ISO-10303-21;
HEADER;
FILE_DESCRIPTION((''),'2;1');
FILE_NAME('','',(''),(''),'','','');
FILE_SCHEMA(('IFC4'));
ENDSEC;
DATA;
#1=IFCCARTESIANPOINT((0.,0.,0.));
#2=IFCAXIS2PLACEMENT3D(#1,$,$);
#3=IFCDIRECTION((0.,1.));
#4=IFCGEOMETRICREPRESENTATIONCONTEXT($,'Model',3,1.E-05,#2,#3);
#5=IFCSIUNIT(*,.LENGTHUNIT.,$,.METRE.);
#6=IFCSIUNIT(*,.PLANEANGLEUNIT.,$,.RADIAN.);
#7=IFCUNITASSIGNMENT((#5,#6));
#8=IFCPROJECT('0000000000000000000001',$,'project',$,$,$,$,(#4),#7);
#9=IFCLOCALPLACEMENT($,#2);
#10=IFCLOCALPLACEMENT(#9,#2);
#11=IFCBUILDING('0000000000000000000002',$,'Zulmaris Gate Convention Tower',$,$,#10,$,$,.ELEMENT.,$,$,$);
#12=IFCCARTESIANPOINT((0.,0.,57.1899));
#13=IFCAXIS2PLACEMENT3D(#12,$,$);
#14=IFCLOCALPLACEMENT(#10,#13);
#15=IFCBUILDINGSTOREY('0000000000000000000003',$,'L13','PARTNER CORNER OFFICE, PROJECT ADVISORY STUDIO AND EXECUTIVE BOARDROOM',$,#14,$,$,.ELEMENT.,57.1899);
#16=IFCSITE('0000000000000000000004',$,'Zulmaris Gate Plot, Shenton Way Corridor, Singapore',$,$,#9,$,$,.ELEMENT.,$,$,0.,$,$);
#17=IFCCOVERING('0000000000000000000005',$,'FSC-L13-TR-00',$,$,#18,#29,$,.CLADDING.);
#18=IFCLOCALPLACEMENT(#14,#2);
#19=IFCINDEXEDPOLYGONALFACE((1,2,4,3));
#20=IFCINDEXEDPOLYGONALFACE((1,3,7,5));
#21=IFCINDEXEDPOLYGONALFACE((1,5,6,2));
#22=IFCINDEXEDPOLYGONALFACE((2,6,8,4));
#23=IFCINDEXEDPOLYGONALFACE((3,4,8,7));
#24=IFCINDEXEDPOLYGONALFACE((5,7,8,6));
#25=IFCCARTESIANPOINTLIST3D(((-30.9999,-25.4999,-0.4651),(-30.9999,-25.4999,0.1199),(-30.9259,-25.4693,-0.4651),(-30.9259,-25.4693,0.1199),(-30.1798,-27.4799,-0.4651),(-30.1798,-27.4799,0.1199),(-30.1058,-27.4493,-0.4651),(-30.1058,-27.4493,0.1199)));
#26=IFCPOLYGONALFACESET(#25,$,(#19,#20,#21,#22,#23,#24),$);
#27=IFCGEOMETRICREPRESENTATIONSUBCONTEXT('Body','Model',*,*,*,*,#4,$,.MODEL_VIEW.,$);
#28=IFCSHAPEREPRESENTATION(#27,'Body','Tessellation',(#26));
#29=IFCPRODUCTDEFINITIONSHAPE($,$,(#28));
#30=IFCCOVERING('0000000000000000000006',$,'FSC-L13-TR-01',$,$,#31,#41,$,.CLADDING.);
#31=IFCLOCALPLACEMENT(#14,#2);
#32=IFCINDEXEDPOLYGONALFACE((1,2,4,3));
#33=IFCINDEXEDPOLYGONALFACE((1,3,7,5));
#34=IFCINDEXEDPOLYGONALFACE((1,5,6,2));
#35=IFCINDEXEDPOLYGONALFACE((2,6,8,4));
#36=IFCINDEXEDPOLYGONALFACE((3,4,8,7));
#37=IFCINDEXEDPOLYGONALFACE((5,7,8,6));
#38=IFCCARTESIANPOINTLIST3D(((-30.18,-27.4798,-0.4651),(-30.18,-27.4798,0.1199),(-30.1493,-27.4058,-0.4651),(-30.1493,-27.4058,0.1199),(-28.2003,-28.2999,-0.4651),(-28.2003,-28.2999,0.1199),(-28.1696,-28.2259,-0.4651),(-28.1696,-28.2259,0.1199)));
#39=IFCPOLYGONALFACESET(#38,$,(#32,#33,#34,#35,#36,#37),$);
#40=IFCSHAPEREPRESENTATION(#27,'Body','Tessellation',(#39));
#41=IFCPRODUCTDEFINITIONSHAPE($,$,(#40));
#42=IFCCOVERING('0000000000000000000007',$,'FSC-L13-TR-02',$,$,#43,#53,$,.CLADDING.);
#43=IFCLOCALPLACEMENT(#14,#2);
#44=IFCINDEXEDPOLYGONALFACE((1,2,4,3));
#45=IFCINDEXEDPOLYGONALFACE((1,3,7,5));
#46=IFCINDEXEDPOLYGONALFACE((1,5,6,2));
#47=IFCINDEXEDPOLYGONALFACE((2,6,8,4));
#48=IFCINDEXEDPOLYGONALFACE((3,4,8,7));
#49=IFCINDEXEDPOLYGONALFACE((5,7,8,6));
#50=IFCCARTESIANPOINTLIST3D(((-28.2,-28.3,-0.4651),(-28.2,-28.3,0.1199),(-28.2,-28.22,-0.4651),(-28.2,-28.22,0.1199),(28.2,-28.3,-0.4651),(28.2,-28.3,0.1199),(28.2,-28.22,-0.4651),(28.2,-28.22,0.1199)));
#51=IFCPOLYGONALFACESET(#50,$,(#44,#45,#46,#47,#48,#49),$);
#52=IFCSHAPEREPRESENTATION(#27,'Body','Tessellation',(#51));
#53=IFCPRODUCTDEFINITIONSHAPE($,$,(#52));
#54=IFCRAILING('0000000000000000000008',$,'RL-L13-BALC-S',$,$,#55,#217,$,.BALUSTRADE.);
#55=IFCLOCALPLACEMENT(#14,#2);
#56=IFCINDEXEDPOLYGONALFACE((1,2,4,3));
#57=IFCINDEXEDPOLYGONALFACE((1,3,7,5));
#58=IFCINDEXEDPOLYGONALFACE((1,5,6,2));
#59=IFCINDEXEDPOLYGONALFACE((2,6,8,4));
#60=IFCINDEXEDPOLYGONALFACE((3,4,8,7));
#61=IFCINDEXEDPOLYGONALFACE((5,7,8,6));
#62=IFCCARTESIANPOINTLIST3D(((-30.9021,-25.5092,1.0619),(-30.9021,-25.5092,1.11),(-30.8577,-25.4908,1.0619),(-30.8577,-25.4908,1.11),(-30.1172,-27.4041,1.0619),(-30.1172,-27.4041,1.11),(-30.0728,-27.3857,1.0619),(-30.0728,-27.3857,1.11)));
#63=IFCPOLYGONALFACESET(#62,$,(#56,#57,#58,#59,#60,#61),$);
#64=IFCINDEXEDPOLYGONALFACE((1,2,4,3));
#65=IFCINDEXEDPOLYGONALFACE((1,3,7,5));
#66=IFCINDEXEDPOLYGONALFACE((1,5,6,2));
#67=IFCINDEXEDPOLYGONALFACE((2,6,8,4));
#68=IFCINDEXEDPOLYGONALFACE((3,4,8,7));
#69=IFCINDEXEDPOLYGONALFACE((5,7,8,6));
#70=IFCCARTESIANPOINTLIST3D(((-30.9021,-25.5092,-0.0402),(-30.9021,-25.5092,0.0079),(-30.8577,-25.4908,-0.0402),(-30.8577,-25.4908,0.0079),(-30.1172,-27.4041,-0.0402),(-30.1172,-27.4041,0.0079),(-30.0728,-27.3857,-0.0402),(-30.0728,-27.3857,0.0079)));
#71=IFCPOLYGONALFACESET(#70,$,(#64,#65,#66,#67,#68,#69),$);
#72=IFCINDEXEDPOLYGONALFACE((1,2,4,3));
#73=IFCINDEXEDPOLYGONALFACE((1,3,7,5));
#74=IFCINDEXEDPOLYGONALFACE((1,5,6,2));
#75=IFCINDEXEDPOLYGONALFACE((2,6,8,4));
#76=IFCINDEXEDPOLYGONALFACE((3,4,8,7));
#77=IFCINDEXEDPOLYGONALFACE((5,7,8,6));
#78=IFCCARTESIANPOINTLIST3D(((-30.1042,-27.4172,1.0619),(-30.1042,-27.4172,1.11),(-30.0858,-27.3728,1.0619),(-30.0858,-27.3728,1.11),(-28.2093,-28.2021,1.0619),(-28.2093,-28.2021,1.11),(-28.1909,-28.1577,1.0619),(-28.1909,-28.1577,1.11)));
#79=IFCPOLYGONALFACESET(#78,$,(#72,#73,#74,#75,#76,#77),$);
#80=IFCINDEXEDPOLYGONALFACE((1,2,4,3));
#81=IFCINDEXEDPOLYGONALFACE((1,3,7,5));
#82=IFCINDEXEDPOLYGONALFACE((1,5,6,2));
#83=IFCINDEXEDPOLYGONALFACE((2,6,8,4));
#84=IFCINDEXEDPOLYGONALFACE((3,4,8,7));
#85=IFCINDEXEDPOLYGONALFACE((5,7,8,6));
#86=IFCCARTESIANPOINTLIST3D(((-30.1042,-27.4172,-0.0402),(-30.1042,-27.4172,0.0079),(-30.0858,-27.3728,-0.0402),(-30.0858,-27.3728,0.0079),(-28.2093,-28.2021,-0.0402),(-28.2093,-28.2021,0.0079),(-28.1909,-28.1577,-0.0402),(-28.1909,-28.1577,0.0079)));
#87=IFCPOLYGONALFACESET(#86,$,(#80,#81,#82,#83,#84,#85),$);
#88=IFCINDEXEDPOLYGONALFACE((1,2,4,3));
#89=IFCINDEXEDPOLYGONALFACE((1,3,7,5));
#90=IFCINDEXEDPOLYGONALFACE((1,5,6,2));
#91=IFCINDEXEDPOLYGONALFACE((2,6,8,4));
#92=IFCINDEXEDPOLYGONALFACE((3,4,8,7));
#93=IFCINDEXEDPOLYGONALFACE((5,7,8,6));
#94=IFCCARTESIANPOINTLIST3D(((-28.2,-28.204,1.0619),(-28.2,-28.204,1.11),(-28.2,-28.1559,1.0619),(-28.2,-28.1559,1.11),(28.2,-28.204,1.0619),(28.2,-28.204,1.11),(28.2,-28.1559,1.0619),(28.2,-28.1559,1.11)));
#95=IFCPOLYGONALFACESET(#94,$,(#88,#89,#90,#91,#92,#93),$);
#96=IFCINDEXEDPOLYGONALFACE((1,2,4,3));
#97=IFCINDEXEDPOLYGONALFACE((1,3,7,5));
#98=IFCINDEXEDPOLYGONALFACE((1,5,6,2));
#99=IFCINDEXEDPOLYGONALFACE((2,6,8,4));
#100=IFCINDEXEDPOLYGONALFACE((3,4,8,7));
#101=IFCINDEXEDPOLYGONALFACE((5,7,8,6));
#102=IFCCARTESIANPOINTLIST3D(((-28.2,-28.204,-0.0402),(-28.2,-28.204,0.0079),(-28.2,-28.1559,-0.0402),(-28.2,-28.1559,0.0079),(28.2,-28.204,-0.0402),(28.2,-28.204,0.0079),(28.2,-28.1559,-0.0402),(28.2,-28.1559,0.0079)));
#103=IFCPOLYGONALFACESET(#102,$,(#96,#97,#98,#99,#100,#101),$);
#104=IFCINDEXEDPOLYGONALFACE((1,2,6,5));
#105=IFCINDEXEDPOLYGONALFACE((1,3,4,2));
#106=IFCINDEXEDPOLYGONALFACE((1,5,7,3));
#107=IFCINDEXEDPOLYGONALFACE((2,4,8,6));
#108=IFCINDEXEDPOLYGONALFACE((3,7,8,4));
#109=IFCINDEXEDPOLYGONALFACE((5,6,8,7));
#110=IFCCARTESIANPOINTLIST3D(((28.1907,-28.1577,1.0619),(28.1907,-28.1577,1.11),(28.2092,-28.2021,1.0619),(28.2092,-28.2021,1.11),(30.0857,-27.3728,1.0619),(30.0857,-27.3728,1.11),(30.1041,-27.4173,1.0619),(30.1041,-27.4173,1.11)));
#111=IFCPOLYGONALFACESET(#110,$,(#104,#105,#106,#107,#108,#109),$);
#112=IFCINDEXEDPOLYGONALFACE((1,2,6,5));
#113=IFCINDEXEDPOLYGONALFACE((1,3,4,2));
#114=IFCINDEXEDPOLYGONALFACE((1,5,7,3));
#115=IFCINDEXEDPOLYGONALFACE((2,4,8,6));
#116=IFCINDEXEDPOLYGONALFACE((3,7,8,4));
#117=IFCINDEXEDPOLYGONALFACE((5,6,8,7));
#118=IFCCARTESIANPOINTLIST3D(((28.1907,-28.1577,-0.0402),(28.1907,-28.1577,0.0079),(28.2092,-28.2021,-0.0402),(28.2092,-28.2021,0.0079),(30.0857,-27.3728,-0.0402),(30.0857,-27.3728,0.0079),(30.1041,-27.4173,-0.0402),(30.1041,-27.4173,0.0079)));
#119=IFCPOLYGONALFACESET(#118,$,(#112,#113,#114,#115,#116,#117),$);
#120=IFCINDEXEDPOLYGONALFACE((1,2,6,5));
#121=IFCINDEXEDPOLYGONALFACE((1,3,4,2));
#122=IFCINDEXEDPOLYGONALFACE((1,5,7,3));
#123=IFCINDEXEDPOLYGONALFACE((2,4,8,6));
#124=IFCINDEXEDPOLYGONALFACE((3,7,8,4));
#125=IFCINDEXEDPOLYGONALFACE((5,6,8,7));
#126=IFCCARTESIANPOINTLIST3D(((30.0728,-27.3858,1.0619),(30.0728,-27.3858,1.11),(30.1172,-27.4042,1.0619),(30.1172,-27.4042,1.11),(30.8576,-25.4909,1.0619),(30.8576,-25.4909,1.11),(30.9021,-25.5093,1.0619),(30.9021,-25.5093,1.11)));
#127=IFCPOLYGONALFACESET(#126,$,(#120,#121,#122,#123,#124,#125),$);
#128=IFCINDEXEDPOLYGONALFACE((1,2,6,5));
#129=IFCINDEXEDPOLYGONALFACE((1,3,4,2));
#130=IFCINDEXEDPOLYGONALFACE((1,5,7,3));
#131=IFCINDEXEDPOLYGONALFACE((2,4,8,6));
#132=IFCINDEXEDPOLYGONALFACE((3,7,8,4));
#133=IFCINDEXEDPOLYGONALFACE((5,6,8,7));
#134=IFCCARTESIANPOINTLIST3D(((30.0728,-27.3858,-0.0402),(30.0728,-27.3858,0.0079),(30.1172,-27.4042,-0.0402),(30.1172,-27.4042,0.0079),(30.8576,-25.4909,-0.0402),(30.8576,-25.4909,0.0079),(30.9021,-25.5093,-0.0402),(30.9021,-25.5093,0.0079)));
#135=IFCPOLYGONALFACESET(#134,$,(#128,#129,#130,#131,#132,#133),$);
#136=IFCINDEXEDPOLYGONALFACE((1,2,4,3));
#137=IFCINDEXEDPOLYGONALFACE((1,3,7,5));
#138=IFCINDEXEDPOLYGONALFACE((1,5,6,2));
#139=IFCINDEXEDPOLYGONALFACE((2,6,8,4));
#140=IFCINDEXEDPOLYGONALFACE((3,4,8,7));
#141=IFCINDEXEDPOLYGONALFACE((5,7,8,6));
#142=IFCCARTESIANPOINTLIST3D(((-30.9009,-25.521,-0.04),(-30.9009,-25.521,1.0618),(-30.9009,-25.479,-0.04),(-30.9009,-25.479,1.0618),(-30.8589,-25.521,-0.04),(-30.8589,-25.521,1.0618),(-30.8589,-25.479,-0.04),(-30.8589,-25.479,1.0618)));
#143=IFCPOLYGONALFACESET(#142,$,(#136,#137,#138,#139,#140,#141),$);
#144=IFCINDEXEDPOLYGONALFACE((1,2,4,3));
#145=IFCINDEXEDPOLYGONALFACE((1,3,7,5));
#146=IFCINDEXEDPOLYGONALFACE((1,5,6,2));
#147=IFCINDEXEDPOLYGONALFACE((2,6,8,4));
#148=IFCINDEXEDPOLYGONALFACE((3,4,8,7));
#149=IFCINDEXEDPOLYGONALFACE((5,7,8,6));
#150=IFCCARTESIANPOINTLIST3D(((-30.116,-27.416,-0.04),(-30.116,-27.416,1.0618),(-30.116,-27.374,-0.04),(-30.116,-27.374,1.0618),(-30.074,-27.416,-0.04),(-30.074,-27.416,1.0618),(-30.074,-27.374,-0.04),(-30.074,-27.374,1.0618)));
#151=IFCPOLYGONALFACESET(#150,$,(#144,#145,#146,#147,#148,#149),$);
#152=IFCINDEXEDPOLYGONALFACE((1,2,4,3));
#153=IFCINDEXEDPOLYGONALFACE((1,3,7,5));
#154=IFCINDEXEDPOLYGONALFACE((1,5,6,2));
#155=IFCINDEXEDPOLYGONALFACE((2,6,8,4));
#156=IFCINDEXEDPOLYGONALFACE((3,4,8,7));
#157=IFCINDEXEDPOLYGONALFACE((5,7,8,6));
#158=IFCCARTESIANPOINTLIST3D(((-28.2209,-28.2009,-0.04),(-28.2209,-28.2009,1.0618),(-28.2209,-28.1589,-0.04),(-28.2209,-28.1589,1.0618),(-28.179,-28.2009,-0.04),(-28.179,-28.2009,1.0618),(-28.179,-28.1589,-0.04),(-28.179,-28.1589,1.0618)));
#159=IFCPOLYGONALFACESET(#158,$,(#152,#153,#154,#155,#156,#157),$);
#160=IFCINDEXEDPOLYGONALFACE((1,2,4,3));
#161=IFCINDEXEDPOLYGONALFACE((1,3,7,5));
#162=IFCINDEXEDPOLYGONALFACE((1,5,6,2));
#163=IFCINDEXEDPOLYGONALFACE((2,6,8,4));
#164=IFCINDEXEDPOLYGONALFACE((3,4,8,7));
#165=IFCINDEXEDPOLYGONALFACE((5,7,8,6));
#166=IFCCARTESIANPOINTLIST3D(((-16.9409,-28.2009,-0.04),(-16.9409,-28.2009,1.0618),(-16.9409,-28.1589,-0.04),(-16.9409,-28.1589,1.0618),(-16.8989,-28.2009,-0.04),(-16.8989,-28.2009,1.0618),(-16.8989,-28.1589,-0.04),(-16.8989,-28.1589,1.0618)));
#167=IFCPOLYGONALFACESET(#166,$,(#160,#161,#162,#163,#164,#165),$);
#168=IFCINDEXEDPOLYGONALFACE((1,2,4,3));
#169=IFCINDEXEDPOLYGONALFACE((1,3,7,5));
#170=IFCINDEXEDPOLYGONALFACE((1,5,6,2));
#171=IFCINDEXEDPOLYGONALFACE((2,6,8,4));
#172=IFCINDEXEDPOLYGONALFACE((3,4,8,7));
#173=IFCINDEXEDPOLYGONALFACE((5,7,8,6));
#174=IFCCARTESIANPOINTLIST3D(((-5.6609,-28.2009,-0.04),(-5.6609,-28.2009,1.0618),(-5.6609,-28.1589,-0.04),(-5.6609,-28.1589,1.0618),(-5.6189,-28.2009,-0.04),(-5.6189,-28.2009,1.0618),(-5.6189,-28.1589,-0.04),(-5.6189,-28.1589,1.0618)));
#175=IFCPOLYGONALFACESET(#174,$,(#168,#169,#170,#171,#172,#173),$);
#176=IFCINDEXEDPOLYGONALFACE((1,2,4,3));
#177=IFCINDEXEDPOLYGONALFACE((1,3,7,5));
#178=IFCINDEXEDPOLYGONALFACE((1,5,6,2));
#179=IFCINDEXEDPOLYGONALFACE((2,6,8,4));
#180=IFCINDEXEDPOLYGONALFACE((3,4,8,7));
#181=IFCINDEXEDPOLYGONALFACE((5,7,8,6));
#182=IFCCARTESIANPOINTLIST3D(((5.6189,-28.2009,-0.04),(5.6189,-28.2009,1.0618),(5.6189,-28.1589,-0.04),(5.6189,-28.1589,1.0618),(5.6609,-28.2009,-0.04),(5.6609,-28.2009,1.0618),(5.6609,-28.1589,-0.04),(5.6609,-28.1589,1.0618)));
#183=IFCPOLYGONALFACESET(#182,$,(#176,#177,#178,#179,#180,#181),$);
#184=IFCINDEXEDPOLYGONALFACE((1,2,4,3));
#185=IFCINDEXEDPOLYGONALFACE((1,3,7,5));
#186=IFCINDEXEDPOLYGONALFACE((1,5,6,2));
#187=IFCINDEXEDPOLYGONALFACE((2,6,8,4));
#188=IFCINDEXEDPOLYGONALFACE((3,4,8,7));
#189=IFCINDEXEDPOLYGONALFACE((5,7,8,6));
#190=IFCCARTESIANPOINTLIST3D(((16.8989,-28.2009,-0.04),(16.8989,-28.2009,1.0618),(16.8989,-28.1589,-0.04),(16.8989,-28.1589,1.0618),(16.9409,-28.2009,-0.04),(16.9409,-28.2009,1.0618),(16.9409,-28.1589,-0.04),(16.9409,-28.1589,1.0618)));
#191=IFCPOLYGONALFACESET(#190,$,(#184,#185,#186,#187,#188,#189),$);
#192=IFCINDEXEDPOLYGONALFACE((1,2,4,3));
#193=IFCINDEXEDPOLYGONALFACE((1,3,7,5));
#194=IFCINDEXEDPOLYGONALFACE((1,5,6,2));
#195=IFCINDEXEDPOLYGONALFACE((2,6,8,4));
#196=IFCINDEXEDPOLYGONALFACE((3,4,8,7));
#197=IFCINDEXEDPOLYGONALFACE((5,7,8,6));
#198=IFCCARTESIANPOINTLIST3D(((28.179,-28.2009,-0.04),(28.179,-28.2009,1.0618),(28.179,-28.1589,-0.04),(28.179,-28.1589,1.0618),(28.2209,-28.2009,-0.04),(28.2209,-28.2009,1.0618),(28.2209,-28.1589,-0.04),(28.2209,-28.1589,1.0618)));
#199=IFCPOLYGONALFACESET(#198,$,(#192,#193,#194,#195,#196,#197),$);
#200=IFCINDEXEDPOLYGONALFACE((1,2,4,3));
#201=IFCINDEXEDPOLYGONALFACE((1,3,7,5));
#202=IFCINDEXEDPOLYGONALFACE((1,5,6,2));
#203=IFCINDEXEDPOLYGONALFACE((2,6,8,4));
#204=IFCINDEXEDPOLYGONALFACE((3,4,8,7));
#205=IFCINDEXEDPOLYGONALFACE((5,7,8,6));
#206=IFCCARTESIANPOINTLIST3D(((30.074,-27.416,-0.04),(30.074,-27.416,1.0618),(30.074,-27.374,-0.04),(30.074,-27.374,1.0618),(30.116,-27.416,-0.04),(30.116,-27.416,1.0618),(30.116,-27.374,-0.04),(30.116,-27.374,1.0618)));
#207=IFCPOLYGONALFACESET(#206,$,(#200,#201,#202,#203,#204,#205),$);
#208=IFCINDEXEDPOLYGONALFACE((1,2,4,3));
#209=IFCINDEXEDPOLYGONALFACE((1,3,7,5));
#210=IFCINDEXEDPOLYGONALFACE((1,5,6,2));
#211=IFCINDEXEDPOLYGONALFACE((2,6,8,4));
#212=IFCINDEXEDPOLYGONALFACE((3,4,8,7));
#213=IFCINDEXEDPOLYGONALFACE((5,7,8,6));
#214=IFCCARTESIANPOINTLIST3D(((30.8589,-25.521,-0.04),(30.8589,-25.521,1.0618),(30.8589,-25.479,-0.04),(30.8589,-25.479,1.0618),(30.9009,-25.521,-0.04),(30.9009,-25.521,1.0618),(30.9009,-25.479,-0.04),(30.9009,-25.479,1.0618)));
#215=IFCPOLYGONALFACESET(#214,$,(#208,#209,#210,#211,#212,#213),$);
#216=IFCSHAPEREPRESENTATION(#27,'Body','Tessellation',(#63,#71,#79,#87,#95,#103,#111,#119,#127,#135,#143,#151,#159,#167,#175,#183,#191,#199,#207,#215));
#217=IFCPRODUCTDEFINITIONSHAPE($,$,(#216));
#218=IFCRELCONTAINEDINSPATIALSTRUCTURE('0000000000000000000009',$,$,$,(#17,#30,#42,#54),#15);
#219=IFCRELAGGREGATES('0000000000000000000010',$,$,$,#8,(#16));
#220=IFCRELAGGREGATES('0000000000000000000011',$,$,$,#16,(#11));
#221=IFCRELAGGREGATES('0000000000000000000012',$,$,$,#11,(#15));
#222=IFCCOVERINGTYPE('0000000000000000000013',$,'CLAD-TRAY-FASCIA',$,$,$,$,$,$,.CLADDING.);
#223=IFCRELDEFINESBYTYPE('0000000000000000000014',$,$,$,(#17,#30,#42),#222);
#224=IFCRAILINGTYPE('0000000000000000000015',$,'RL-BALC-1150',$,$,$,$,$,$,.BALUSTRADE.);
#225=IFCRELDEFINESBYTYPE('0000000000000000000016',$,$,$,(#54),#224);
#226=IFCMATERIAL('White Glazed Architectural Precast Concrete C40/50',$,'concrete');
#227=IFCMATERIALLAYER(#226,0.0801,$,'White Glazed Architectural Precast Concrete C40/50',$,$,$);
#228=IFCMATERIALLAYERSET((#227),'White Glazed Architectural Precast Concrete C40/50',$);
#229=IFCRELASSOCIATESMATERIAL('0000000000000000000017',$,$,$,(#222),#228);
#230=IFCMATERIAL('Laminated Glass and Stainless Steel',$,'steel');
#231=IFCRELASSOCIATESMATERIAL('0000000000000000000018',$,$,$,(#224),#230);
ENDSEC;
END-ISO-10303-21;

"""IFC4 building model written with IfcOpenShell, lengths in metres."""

from ifc_helpers import new_model, si_unit, direction, frame, frame_2d, origin, origin_2d, place, context, subcontext, project, spatial, rectangle, extrude, material, layer, layer_set, type_object, element, save


model = new_model("IFC4")

# Units and contexts
model_context = context("Model", 3, precision=1e-05, world=origin(), true_north=direction((0.0, 1.0)))
body_context = subcontext(model_context, "Body", "Model", "MODEL_VIEW")
ifc_project = project(units=[si_unit("LENGTHUNIT", "METRE"), si_unit("PLANEANGLEUNIT", "RADIAN")], contexts=[model_context])

# Site, building, storey
site_placement = place(None, origin())
site = spatial("IfcSite", under=ifc_project, at=site_placement, Name="Zulmaris Gate Plot, Shenton Way Corridor, Singapore", CompositionType="ELEMENT", RefElevation=0.0)
building_placement = place(site_placement, origin())
building = spatial("IfcBuilding", under=site, at=building_placement, Name="Zulmaris Gate Convention Tower", CompositionType="ELEMENT")
storey_placement = place(building_placement, frame((0.0, 0.0, 57.1899)))
storey = spatial("IfcBuildingStorey", under=building, at=storey_placement, Name="L13", Description="PARTNER CORNER OFFICE, PROJECT ADVISORY STUDIO AND EXECUTIVE BOARDROOM", CompositionType="ELEMENT", Elevation=57.1899)

# Coverings
ifc_material_1 = material(Name="White Glazed Architectural Precast Concrete C40/50", Category="concrete")
ifc_layer_1 = layer(ifc_material_1, 0.0801, Name="White Glazed Architectural Precast Concrete C40/50")
ifc_layer_set_1 = layer_set([ifc_layer_1], Name="White Glazed Architectural Precast Concrete C40/50")
covering_type = type_object("IfcCoveringType", Name="CLAD-TRAY-FASCIA", PredefinedType="CLADDING", material=ifc_layer_set_1)
covering_1_placement = place(storey_placement, frame((-30.9629, -25.4846, -0.4651), z_axis=(0.0, 0.0, 1.0), x_axis=(0.382657, -0.92389, 0.0)))
element("IfcCovering", 1, at=covering_1_placement, inside=storey, type_object=covering_type, Name="FSC-L13-TR-00", PredefinedType="CLADDING", context=body_context, shape_type="SweptSolid", body=[
    extrude(rectangle(XDim=2.1431, YDim=0.0801, at=frame_2d((1.0715, 0.0))), origin(), (0.0, 0.0, 1.0), 0.585),
])
covering_2_placement = place(storey_placement, frame((-30.1646, -27.4429, -0.4651), z_axis=(0.0, 0.0, 1.0), x_axis=(0.923874, -0.382697, 0.0)))
element("IfcCovering", 2, at=covering_2_placement, inside=storey, type_object=covering_type, Name="FSC-L13-TR-01", PredefinedType="CLADDING", context=body_context, shape_type="SweptSolid", body=[
    extrude(rectangle(XDim=2.1428, YDim=0.0801, at=frame_2d((1.0713, 0.0))), origin(), (0.0, 0.0, 1.0), 0.585),
])
covering_3_placement = place(storey_placement, frame((-28.2, -28.26, -0.4651), z_axis=(0.0, 0.0, 1.0), x_axis=(1.0, 0.0, 0.0)))
element("IfcCovering", 3, at=covering_3_placement, inside=storey, type_object=covering_type, Name="FSC-L13-TR-02", PredefinedType="CLADDING", context=body_context, shape_type="SweptSolid", body=[
    extrude(rectangle(XDim=56.3999, YDim=0.0801, at=frame_2d((28.2, 0.0))), origin(), (0.0, 0.0, 1.0), 0.585),
])

# Railing
ifc_material_2 = material(Name="Laminated Glass and Stainless Steel", Category="steel")
railing_type = type_object("IfcRailingType", Name="RL-BALC-1150", PredefinedType="BALUSTRADE", material=ifc_material_2)
railing_placement = place(storey_placement, frame((-30.8799, -25.5, -0.04)))
element("IfcRailing", 4, at=railing_placement, inside=storey, type_object=railing_type, Name="RL-L13-BALC-S", PredefinedType="BALUSTRADE", context=body_context, shape_type="SweptSolid", body=[
    extrude(rectangle(XDim=0.0481, YDim=0.0481, at=origin_2d()), frame((0.0, 0.0, 1.126), z_axis=(0.382671, -0.923885, 0.0), x_axis=(0.923885, 0.382671, 0.0)), (0.0, 0.0, 1.0), 2.051),
    extrude(rectangle(XDim=0.0481, YDim=0.0481, at=origin_2d()), frame((0.0, 0.0, 0.0239), z_axis=(0.382671, -0.923885, 0.0), x_axis=(0.923885, 0.382671, 0.0)), (0.0, 0.0, 1.0), 2.051),
    extrude(rectangle(XDim=0.0481, YDim=0.0481, at=origin_2d()), frame((0.7849, -1.895, 1.126), z_axis=(0.923885, -0.382671, 0.0), x_axis=(0.382671, 0.923885, 0.0)), (0.0, 0.0, 1.0), 2.051),
    extrude(rectangle(XDim=0.0481, YDim=0.0481, at=origin_2d()), frame((0.7849, -1.895, 0.0239), z_axis=(0.923885, -0.382671, 0.0), x_axis=(0.382671, 0.923885, 0.0)), (0.0, 0.0, 1.0), 2.051),
    extrude(rectangle(XDim=0.0481, YDim=0.0481, at=origin_2d()), frame((2.6799, -2.6799, 1.126), z_axis=(1.0, 0.0, 0.0), x_axis=(0.0, 1.0, 0.0)), (0.0, 0.0, 1.0), 56.3999),
    extrude(rectangle(XDim=0.0481, YDim=0.0481, at=origin_2d()), frame((2.6799, -2.6799, 0.0239), z_axis=(1.0, 0.0, 0.0), x_axis=(0.0, 1.0, 0.0)), (0.0, 0.0, 1.0), 56.3999),
    extrude(rectangle(XDim=0.0481, YDim=0.0481, at=origin_2d()), frame((59.0798, -2.6799, 1.126), z_axis=(0.923885, 0.382671, 0.0), x_axis=(-0.382671, 0.923885, 0.0)), (0.0, 0.0, 1.0), 2.051),
    extrude(rectangle(XDim=0.0481, YDim=0.0481, at=origin_2d()), frame((59.0798, -2.6799, 0.0239), z_axis=(0.923885, 0.382671, 0.0), x_axis=(-0.382671, 0.923885, 0.0)), (0.0, 0.0, 1.0), 2.051),
    extrude(rectangle(XDim=0.0481, YDim=0.0481, at=origin_2d()), frame((60.9749, -1.895, 1.126), z_axis=(0.382671, 0.923885, 0.0), x_axis=(-0.923885, 0.382671, 0.0)), (0.0, 0.0, 1.0), 2.051),
    extrude(rectangle(XDim=0.0481, YDim=0.0481, at=origin_2d()), frame((60.9749, -1.895, 0.0239), z_axis=(0.382671, 0.923885, 0.0), x_axis=(-0.923885, 0.382671, 0.0)), (0.0, 0.0, 1.0), 2.051),
    extrude(rectangle(XDim=0.042, YDim=0.042, at=origin_2d()), origin(), (0.0, 0.0, 1.0), 1.1018),
    extrude(rectangle(XDim=0.042, YDim=0.042, at=origin_2d()), frame((0.7849, -1.895, 0.0)), (0.0, 0.0, 1.0), 1.1018),
    extrude(rectangle(XDim=0.042, YDim=0.042, at=origin_2d()), frame((2.6799, -2.6799, 0.0)), (0.0, 0.0, 1.0), 1.1018),
    extrude(rectangle(XDim=0.042, YDim=0.042, at=origin_2d()), frame((13.96, -2.6799, 0.0)), (0.0, 0.0, 1.0), 1.1018),
    extrude(rectangle(XDim=0.042, YDim=0.042, at=origin_2d()), frame((25.24, -2.6799, 0.0)), (0.0, 0.0, 1.0), 1.1018),
    extrude(rectangle(XDim=0.042, YDim=0.042, at=origin_2d()), frame((36.5198, -2.6799, 0.0)), (0.0, 0.0, 1.0), 1.1018),
    extrude(rectangle(XDim=0.042, YDim=0.042, at=origin_2d()), frame((47.7998, -2.6799, 0.0)), (0.0, 0.0, 1.0), 1.1018),
    extrude(rectangle(XDim=0.042, YDim=0.042, at=origin_2d()), frame((59.0798, -2.6799, 0.0)), (0.0, 0.0, 1.0), 1.1018),
    extrude(rectangle(XDim=0.042, YDim=0.042, at=origin_2d()), frame((60.9749, -1.895, 0.0)), (0.0, 0.0, 1.0), 1.1018),
    extrude(rectangle(XDim=0.042, YDim=0.042, at=origin_2d()), frame((61.7598, 0.0, 0.0)), (0.0, 0.0, 1.0), 1.1018),
])

save(model, "model.ifc")
